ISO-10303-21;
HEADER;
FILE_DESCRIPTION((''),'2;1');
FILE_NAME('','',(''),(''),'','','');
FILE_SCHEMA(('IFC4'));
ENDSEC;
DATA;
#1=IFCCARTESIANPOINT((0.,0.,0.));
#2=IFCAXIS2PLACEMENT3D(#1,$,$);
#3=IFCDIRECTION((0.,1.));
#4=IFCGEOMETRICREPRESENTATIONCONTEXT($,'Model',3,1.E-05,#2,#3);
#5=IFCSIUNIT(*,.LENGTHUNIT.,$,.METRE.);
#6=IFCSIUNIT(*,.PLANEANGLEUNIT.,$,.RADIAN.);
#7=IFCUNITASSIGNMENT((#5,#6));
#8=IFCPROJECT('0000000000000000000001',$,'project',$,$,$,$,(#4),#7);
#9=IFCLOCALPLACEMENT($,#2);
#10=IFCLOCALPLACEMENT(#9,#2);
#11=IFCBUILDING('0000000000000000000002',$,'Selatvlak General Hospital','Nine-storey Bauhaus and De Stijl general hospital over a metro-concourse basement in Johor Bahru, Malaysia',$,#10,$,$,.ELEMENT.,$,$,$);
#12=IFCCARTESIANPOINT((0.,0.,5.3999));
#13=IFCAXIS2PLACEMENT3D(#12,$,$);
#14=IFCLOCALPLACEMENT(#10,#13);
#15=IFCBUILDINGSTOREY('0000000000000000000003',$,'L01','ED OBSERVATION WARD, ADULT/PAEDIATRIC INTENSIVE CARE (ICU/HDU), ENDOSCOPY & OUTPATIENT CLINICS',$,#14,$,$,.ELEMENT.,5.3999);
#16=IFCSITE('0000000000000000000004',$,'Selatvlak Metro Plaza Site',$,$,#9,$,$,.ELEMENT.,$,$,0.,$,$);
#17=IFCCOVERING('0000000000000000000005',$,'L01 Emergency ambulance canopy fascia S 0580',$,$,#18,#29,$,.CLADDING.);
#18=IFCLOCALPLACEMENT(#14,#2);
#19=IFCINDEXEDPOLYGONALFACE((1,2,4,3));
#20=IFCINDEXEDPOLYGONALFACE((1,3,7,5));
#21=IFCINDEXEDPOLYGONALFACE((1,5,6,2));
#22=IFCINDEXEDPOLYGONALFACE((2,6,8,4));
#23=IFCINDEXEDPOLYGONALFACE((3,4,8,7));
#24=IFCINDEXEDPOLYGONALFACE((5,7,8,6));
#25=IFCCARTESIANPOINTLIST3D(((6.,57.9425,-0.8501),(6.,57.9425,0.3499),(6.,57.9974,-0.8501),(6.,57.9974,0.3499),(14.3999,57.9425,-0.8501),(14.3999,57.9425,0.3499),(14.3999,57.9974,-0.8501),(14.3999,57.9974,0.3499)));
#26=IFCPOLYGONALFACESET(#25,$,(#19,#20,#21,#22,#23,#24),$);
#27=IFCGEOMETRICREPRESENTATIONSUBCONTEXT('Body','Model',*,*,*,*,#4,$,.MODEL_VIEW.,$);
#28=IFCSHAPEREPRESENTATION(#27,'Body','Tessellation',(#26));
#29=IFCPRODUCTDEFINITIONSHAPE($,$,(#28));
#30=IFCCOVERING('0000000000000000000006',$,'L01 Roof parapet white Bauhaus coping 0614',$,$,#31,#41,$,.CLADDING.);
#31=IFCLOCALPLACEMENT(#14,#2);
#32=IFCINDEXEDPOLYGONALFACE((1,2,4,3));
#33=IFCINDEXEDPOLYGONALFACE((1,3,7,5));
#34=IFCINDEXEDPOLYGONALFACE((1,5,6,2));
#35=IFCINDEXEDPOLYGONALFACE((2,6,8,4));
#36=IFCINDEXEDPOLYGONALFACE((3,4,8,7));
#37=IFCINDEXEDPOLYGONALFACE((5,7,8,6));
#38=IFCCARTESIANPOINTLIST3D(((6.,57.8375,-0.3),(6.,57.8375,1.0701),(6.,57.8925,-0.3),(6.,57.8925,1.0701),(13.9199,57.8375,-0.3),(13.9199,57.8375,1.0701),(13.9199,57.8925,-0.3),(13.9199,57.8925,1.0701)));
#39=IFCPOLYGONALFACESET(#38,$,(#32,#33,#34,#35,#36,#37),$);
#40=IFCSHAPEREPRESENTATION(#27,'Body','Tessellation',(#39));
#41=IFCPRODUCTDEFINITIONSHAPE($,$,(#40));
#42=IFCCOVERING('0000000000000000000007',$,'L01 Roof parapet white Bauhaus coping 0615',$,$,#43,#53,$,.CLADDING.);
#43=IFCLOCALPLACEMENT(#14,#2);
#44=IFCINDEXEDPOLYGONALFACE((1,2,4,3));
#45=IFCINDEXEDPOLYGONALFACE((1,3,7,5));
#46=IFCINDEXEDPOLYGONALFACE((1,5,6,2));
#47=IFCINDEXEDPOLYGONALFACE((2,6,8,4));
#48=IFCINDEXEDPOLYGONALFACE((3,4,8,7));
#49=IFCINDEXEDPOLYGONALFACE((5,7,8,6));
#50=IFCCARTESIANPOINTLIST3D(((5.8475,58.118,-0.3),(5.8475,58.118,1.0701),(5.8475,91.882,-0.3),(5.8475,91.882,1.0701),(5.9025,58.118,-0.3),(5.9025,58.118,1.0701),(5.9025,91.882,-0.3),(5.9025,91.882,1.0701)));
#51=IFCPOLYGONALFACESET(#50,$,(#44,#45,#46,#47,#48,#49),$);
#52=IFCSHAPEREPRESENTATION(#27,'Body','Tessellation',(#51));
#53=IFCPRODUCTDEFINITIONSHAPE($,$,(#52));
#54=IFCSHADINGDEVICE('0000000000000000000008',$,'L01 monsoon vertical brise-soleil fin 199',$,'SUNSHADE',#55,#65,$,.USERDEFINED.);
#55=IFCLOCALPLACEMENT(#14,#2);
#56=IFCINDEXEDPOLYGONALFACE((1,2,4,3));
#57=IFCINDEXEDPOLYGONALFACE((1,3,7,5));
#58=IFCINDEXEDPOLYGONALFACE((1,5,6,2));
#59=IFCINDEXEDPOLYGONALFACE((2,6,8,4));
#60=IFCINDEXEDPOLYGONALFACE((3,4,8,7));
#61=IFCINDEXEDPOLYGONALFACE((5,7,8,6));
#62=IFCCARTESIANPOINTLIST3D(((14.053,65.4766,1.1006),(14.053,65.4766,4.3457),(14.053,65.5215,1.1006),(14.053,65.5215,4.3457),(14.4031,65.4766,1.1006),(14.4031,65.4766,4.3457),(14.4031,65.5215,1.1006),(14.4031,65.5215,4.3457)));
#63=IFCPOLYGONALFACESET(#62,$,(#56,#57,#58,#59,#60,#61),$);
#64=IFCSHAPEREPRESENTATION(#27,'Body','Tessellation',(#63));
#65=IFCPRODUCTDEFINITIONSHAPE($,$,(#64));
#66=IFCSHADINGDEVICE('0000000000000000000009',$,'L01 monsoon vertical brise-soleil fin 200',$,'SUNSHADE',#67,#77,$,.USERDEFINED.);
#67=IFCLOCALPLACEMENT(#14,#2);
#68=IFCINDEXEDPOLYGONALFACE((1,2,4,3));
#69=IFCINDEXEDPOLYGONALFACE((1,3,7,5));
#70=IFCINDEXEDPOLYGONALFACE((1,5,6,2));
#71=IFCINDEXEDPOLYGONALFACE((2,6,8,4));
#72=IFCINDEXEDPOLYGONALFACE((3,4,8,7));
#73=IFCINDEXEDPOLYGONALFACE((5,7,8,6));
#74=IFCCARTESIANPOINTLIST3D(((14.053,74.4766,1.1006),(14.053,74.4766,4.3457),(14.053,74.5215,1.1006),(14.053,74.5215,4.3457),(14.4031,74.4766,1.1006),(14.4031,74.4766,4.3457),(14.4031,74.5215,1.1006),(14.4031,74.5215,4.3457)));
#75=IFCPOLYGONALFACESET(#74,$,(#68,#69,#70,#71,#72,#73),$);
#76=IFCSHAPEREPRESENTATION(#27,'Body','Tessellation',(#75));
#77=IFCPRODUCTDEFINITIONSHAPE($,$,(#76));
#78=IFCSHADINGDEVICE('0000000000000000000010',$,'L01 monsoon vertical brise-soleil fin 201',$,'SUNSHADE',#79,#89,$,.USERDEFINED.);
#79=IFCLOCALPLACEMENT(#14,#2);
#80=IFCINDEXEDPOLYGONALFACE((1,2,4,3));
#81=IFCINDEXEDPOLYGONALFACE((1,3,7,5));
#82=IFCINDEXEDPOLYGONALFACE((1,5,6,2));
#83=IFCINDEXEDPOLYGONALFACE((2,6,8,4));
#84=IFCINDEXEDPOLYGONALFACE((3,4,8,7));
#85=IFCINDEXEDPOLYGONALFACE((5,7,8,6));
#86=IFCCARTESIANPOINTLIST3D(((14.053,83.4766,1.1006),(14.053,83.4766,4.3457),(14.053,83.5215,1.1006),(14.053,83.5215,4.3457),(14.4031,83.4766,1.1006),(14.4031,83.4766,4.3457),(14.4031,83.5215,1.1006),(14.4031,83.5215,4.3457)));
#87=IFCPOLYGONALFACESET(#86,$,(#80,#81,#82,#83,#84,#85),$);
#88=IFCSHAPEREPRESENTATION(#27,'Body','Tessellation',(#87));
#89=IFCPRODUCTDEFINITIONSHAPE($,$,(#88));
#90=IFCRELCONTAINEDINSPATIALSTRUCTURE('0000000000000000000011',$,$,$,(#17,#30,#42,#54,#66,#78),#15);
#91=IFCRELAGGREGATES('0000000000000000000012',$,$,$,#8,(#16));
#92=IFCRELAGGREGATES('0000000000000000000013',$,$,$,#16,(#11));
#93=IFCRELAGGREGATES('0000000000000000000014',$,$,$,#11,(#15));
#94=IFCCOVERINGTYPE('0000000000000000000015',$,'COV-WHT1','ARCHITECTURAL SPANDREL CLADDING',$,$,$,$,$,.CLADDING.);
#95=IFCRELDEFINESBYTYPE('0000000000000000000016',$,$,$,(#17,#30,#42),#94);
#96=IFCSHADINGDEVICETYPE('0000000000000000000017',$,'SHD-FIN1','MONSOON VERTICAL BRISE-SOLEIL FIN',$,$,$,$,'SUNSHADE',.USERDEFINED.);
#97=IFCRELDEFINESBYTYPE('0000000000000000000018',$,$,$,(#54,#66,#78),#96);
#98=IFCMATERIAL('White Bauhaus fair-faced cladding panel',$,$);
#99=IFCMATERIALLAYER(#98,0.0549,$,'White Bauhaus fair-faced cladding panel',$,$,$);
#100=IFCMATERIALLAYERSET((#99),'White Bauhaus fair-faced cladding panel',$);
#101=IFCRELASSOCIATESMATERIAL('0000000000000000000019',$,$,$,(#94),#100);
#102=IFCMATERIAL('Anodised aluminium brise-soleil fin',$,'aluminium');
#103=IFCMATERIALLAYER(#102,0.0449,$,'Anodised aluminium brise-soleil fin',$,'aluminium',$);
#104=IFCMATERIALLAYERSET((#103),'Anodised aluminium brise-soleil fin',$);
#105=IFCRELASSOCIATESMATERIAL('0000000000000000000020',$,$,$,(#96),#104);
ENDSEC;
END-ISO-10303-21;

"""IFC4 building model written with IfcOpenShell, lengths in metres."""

from ifc_helpers import new_model, si_unit, direction, frame, origin, origin_2d, place, context, subcontext, project, spatial, rectangle, extrude, material, layer, layer_set, type_object, element, save


model = new_model("IFC4")

# Units and contexts
model_context = context("Model", 3, precision=1e-05, world=origin(), true_north=direction((0.0, 1.0)))
body_context = subcontext(model_context, "Body", "Model", "MODEL_VIEW")
ifc_project = project(units=[si_unit("LENGTHUNIT", "METRE"), si_unit("PLANEANGLEUNIT", "RADIAN")], contexts=[model_context])

# Site, building, storey
site_placement = place(None, origin())
site = spatial("IfcSite", under=ifc_project, at=site_placement, Name="Selatvlak Metro Plaza Site", CompositionType="ELEMENT", RefElevation=0.0)
building_placement = place(site_placement, origin())
building = spatial("IfcBuilding", under=site, at=building_placement, Name="Selatvlak General Hospital", Description="Nine-storey Bauhaus and De Stijl general hospital over a metro-concourse basement in Johor Bahru, Malaysia", CompositionType="ELEMENT")
storey_placement = place(building_placement, frame((0.0, 0.0, 5.3999)))
storey = spatial("IfcBuildingStorey", under=building, at=storey_placement, Name="L01", Description="ED OBSERVATION WARD, ADULT/PAEDIATRIC INTENSIVE CARE (ICU/HDU), ENDOSCOPY & OUTPATIENT CLINICS", CompositionType="ELEMENT", Elevation=5.3999)

# Coverings
ifc_material_1 = material(Name="White Bauhaus fair-faced cladding panel")
ifc_layer_1 = layer(ifc_material_1, 0.0549, Name="White Bauhaus fair-faced cladding panel")
ifc_layer_set_1 = layer_set([ifc_layer_1], Name="White Bauhaus fair-faced cladding panel")
covering_type = type_object("IfcCoveringType", Name="COV-WHT1", Description="ARCHITECTURAL SPANDREL CLADDING", PredefinedType="CLADDING", material=ifc_layer_set_1)
covering_1_placement = place(storey_placement, frame((10.2, 57.97, -0.8501), z_axis=(0.0, 0.0, 1.0), x_axis=(1.0, 0.0, 0.0)))
element("IfcCovering", 1, at=covering_1_placement, inside=storey, type_object=covering_type, Name="L01 Emergency ambulance canopy fascia S 0580", PredefinedType="CLADDING", context=body_context, shape_type="SweptSolid", body=[
    extrude(rectangle(XDim=8.3999, YDim=0.0549, at=origin_2d()), origin(), (0.0, 0.0, 1.0), 1.2),
])
covering_2_placement = place(storey_placement, frame((9.96, 57.865, -0.3), z_axis=(0.0, 0.0, 1.0), x_axis=(-1.0, 0.0, 0.0)))
element("IfcCovering", 2, at=covering_2_placement, inside=storey, type_object=covering_type, Name="L01 Roof parapet white Bauhaus coping 0614", PredefinedType="CLADDING", context=body_context, shape_type="SweptSolid", body=[
    extrude(rectangle(XDim=7.9199, YDim=0.0549, at=origin_2d()), origin(), (0.0, 0.0, 1.0), 1.3701),
])
covering_3_placement = place(storey_placement, frame((5.875, 75.0, -0.3), z_axis=(0.0, 0.0, 1.0), x_axis=(0.0, 1.0, 0.0)))
element("IfcCovering", 3, at=covering_3_placement, inside=storey, type_object=covering_type, Name="L01 Roof parapet white Bauhaus coping 0615", PredefinedType="CLADDING", context=body_context, shape_type="SweptSolid", body=[
    extrude(rectangle(XDim=33.7639, YDim=0.0549, at=origin_2d()), origin(), (0.0, 0.0, 1.0), 1.3701),
])

# Shading devices
ifc_material_2 = material(Name="Anodised aluminium brise-soleil fin", Category="aluminium")
ifc_layer_2 = layer(ifc_material_2, 0.0449, Name="Anodised aluminium brise-soleil fin", Category="aluminium")
ifc_layer_set_2 = layer_set([ifc_layer_2], Name="Anodised aluminium brise-soleil fin")
shading_device_type = type_object("IfcShadingDeviceType", Name="SHD-FIN1", Description="MONSOON VERTICAL BRISE-SOLEIL FIN", ElementType="SUNSHADE", PredefinedType="USERDEFINED", material=ifc_layer_set_2)
for number, where, z_axis, x_axis, name in (
    (4, (14.228, 65.499, 1.1006), (0.0, 0.0, 1.0), (-1.0, 0.0, 0.0), "L01 monsoon vertical brise-soleil fin 199"),
    (5, (14.228, 74.499, 1.1006), (0.0, 0.0, 1.0), (-1.0, 0.0, 0.0), "L01 monsoon vertical brise-soleil fin 200"),
    (6, (14.228, 83.499, 1.1006), (0.0, 0.0, 1.0), (-1.0, 0.0, 0.0), "L01 monsoon vertical brise-soleil fin 201"),
):
    element("IfcShadingDevice", number, at=place(storey_placement, frame(where, z_axis=z_axis, x_axis=x_axis)), inside=storey, type_object=shading_device_type, Name=name, ObjectType="SUNSHADE", PredefinedType="USERDEFINED", context=body_context, shape_type="SweptSolid", body=[
        extrude(rectangle(XDim=0.3501, YDim=0.0449, at=origin_2d()), origin(), (0.0, 0.0, 1.0), 3.2451),
    ])

save(model, "model.ifc")
